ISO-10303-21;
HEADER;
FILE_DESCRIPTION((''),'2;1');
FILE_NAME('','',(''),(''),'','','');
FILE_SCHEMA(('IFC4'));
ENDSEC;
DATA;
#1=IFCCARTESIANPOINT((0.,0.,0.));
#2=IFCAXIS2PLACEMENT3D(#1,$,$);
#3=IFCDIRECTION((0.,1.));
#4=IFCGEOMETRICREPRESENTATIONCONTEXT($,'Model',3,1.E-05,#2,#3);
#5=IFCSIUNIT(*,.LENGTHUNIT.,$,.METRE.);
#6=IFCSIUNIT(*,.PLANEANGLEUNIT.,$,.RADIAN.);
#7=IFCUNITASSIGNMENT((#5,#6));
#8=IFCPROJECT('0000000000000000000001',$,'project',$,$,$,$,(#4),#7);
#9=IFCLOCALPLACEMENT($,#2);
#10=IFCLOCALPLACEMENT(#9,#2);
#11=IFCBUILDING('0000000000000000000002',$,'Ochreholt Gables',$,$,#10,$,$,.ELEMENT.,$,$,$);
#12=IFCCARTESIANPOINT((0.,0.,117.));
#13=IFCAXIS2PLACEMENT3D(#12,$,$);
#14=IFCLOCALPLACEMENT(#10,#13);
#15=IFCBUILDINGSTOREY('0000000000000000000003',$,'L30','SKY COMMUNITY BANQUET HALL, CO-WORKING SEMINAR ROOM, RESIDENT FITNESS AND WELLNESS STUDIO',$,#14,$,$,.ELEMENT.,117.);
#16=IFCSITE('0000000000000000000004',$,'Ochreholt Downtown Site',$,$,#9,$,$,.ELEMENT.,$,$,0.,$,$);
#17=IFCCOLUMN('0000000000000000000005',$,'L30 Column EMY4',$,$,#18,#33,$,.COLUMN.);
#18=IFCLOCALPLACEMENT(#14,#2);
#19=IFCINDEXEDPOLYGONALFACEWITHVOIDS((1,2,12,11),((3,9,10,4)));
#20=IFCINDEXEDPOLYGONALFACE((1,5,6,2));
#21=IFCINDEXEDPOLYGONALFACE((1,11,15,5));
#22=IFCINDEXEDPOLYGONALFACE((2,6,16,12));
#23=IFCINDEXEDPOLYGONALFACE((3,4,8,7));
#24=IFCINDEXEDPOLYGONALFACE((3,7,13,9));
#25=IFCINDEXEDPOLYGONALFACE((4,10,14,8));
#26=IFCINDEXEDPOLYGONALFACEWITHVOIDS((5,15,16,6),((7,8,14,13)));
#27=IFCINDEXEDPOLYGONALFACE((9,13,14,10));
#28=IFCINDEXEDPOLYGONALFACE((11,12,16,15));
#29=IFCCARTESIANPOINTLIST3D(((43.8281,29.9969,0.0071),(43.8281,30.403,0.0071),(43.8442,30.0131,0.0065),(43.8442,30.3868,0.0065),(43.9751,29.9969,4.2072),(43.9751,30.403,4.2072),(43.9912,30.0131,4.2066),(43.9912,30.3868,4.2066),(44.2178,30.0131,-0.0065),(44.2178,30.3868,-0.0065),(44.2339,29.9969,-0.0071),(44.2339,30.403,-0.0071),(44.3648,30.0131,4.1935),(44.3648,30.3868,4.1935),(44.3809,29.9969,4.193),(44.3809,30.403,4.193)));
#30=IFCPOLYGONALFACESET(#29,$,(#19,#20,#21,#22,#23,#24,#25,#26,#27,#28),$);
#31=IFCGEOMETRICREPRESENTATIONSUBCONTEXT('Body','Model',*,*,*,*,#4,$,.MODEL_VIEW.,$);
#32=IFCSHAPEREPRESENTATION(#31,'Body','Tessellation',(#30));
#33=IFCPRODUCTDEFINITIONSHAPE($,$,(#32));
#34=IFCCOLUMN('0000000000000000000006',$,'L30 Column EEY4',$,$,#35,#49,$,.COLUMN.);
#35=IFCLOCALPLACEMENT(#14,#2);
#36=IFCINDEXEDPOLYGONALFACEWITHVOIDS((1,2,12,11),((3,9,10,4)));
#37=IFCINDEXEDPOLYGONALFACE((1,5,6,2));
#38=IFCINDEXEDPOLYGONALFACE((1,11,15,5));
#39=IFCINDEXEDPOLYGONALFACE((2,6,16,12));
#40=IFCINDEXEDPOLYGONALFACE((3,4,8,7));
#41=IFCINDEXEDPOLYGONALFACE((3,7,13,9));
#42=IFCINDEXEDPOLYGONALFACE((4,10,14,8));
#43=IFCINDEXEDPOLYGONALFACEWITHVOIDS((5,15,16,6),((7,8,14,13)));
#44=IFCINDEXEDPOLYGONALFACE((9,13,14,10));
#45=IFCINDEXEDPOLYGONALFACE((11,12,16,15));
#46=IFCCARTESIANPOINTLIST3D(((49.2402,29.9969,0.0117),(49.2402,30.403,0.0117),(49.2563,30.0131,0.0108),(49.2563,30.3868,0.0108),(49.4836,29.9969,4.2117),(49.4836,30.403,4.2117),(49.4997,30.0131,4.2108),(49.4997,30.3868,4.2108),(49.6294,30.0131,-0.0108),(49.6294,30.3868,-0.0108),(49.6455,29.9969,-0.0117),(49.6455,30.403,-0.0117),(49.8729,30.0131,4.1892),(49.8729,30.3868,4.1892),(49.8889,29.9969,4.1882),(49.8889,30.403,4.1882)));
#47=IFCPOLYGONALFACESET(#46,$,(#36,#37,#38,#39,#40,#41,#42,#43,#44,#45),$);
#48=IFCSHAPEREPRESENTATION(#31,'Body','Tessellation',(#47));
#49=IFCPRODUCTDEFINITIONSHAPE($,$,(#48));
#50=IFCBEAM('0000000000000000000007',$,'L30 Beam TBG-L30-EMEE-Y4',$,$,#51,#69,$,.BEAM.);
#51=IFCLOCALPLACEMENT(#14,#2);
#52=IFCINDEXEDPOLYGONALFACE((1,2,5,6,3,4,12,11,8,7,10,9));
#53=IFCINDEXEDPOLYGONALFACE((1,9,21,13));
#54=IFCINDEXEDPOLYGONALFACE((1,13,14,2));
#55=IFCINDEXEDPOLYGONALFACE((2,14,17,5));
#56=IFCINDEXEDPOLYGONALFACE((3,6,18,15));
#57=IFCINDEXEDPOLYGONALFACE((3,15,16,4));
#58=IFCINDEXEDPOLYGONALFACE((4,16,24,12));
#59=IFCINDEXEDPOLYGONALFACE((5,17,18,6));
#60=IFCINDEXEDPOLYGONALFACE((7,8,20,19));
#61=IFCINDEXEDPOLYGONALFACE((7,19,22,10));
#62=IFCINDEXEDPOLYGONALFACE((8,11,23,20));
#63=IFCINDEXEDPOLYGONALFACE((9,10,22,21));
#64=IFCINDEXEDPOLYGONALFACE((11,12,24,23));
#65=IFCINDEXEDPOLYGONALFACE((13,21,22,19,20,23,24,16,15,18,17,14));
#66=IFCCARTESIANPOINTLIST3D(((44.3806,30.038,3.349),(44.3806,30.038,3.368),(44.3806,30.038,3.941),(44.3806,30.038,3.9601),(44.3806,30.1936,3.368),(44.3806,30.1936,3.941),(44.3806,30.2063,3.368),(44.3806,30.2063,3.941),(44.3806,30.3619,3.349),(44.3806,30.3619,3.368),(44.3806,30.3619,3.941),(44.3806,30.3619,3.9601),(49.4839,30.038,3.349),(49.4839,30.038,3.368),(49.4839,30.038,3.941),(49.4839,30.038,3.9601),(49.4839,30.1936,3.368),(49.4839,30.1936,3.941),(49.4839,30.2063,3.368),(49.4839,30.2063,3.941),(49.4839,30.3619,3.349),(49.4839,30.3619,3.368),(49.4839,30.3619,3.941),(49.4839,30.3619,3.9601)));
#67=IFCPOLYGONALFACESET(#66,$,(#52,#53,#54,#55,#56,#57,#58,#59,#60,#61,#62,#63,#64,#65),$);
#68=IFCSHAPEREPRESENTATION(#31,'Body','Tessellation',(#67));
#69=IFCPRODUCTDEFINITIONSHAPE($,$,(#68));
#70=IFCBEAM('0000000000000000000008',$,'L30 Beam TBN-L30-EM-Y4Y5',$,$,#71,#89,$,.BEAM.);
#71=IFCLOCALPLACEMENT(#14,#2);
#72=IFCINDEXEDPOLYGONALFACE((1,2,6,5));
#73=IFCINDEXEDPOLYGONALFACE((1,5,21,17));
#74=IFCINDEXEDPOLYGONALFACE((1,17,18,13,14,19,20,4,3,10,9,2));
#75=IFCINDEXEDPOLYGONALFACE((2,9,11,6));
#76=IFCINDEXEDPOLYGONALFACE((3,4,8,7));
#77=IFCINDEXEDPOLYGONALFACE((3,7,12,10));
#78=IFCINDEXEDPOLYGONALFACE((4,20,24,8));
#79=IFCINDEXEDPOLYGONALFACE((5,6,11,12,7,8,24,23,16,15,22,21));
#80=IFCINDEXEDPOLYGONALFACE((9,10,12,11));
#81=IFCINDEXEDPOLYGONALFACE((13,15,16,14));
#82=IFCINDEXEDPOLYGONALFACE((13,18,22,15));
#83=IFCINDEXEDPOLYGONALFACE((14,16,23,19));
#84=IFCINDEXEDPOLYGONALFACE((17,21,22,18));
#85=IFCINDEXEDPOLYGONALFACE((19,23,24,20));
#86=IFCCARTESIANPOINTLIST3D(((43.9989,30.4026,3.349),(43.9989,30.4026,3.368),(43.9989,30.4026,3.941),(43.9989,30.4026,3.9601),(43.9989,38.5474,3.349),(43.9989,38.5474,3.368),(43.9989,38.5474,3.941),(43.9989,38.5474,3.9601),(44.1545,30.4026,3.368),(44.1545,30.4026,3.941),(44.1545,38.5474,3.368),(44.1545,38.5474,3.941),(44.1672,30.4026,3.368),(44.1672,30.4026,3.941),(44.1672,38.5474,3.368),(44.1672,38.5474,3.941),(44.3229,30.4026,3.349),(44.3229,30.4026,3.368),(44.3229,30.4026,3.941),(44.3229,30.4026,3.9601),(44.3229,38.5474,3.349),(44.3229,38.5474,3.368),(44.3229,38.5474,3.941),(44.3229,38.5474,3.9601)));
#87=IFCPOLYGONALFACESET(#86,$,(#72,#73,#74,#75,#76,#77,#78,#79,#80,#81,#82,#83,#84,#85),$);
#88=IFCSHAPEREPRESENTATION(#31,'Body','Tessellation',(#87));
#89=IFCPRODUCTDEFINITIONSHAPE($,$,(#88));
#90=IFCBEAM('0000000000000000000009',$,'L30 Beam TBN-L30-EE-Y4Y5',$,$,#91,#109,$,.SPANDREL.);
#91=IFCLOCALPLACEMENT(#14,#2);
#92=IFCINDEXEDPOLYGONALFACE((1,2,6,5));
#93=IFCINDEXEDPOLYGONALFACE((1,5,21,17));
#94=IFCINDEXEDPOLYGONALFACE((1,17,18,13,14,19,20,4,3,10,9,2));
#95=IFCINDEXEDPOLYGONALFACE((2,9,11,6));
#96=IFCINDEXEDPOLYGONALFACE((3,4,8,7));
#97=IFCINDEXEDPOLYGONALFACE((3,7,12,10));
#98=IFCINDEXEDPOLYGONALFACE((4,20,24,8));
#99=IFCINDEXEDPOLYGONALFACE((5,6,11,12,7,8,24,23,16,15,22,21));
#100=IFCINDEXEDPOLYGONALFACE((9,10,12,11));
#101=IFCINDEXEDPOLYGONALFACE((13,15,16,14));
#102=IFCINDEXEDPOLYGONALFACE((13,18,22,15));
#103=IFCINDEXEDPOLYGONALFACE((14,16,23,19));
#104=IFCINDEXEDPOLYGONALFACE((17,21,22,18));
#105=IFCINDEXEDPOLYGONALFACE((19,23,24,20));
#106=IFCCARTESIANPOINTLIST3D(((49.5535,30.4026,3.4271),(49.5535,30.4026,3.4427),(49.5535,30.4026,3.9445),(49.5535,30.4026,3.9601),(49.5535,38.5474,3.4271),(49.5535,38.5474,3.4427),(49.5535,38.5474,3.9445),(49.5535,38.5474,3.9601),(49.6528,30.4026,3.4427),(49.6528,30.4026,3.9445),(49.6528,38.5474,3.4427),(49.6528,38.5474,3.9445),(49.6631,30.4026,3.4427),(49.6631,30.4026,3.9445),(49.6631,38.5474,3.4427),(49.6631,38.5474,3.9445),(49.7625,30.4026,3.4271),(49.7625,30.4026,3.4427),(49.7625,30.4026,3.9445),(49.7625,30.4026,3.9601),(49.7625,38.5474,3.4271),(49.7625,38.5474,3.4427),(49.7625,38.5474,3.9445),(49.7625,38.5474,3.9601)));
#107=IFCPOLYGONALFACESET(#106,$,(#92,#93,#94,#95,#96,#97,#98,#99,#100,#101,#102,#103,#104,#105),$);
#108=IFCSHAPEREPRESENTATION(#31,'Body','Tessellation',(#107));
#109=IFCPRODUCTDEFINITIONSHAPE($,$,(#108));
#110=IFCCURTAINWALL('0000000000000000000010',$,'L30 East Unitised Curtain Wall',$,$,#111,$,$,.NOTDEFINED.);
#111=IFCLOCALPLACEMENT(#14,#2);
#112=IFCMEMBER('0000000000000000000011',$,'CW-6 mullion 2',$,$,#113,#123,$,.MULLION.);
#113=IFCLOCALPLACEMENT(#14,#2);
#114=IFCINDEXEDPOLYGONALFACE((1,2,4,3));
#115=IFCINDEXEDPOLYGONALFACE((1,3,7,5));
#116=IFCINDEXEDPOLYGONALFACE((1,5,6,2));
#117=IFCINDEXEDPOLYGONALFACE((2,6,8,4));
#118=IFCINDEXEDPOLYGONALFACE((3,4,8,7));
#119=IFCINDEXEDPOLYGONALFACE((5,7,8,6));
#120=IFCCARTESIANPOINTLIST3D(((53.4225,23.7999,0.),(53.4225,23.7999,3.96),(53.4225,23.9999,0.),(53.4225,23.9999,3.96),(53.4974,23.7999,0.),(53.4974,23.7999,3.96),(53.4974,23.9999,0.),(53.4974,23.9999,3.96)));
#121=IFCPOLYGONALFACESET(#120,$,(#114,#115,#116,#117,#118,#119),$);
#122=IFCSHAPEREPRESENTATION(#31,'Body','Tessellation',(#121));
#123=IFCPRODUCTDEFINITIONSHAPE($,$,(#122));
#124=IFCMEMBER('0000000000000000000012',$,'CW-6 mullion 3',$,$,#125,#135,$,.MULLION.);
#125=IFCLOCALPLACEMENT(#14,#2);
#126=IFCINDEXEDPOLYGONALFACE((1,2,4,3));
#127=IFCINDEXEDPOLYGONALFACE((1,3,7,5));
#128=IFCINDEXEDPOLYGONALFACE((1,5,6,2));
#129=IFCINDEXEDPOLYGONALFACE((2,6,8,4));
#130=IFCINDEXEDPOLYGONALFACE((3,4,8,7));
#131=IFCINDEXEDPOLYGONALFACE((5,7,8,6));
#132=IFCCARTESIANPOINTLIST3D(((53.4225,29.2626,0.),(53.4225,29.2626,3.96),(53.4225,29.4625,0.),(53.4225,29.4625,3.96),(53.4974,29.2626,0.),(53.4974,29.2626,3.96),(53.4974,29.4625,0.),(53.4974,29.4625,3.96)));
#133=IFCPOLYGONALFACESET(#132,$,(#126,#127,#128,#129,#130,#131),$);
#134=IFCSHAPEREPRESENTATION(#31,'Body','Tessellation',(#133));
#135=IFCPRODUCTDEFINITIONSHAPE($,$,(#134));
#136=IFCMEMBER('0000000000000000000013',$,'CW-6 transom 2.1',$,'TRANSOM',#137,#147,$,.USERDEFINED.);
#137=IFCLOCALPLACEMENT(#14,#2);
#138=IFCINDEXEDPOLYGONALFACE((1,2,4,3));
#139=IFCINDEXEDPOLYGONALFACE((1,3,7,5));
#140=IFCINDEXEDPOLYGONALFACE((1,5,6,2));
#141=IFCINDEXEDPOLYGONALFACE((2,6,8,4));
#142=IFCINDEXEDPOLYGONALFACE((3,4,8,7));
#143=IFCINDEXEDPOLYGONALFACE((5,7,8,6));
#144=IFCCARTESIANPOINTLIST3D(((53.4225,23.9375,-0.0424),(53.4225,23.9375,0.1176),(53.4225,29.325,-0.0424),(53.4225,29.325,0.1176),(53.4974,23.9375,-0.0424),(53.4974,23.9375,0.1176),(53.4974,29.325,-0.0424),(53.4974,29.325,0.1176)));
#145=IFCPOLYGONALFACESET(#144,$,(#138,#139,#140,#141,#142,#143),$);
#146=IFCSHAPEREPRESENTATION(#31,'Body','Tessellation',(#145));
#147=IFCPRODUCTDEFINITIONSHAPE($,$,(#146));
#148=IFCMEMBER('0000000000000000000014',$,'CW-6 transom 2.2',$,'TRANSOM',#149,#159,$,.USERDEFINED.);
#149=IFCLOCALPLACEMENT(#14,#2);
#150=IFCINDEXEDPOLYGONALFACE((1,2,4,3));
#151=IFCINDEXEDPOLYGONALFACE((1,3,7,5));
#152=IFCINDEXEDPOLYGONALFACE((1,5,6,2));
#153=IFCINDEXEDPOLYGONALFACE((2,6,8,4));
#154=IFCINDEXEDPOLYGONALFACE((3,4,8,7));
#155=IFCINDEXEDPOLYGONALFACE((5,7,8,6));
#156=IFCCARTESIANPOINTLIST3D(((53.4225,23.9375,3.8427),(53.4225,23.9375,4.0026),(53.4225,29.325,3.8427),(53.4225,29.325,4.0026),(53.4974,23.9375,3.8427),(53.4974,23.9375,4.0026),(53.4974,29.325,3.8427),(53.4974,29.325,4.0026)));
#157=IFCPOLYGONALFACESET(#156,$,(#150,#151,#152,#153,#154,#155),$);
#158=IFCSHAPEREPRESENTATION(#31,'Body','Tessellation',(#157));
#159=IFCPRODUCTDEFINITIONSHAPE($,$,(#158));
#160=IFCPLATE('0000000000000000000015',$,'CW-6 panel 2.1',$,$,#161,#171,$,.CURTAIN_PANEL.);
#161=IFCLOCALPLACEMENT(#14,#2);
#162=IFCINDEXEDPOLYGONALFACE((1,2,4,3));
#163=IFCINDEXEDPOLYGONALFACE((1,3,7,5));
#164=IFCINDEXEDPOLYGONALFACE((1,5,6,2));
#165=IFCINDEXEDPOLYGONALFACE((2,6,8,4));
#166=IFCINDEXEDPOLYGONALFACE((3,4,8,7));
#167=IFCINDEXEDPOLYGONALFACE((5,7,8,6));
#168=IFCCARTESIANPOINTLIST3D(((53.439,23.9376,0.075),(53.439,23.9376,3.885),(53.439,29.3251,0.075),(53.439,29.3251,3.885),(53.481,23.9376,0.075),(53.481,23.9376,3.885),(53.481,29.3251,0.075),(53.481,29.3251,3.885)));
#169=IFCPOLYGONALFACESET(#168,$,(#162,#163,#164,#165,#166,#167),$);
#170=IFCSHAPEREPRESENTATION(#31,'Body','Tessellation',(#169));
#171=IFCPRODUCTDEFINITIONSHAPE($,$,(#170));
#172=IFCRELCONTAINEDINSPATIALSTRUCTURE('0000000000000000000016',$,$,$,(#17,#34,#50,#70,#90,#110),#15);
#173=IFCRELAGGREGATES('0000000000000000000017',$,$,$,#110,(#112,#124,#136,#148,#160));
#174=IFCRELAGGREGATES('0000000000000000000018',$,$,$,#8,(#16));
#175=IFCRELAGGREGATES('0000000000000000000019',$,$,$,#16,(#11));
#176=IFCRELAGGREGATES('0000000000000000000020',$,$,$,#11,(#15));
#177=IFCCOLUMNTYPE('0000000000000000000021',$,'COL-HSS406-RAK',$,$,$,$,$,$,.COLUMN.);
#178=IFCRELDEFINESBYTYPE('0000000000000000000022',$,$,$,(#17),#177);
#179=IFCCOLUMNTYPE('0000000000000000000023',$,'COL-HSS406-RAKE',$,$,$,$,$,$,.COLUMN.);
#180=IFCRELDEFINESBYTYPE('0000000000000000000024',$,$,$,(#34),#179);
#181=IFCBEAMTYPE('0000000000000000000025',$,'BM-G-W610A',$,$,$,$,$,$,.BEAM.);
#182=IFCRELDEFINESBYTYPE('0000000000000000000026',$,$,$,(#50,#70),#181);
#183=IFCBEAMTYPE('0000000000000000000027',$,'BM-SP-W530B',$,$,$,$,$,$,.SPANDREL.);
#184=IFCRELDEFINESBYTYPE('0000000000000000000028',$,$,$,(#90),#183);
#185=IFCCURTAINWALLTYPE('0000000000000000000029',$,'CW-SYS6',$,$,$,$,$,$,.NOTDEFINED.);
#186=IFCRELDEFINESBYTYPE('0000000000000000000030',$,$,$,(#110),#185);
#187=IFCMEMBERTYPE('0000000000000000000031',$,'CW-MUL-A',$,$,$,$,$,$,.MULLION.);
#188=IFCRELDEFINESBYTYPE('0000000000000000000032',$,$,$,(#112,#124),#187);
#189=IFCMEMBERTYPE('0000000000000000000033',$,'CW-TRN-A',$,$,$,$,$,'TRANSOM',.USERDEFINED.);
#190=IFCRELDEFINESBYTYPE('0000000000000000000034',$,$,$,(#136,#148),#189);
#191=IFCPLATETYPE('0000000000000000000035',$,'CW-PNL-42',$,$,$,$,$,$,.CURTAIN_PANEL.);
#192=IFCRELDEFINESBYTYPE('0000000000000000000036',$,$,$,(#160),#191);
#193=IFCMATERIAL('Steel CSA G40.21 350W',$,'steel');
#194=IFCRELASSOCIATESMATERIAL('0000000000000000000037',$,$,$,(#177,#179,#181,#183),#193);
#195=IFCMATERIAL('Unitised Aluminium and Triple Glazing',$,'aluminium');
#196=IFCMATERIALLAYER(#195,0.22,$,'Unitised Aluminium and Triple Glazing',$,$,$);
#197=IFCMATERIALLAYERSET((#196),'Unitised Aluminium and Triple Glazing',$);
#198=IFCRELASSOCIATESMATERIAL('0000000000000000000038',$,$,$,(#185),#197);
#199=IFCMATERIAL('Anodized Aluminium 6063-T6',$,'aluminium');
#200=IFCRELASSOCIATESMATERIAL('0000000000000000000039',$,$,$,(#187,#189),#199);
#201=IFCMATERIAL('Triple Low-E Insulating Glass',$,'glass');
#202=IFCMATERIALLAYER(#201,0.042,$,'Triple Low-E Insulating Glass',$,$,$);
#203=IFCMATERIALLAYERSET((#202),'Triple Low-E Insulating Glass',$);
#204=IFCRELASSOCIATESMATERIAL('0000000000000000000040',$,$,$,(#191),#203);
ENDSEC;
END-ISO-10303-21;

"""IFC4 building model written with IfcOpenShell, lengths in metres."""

from ifc_helpers import new_model, si_unit, direction, frame, origin, origin_2d, place, context, subcontext, project, spatial, rectangle, hollow_rectangle, i_section, extrude, material, layer, layer_set, material_profile, profile_set, type_object, element, aggregate, save


model = new_model("IFC4")

# Units and contexts
model_context = context("Model", 3, precision=1e-05, world=origin(), true_north=direction((0.0, 1.0)))
body_context = subcontext(model_context, "Body", "Model", "MODEL_VIEW")
ifc_project = project(units=[si_unit("LENGTHUNIT", "METRE"), si_unit("PLANEANGLEUNIT", "RADIAN")], contexts=[model_context])

# Site, building, storey
site_placement = place(None, origin())
site = spatial("IfcSite", under=ifc_project, at=site_placement, Name="Ochreholt Downtown Site", CompositionType="ELEMENT", RefElevation=0.0)
building_placement = place(site_placement, origin())
building = spatial("IfcBuilding", under=site, at=building_placement, Name="Ochreholt Gables", CompositionType="ELEMENT")
storey_placement = place(building_placement, frame((0.0, 0.0, 117.0)))
storey = spatial("IfcBuildingStorey", under=building, at=storey_placement, Name="L30", Description="SKY COMMUNITY BANQUET HALL, CO-WORKING SEMINAR ROOM, RESIDENT FITNESS AND WELLNESS STUDIO", CompositionType="ELEMENT", Elevation=117.0)

# Columns
ifc_material_1 = material(Name="Steel CSA G40.21 350W", Category="steel")
ifc_material_profile_1 = material_profile(ifc_material_1, hollow_rectangle(XDim=0.406, YDim=0.406, WallThickness=0.0161, at=origin_2d()), Name="HSS406X406X16")
ifc_profile_set_1 = profile_set([ifc_material_profile_1], Name="Steel CSA G40.21 350W")
column_type_1 = type_object("IfcColumnType", Name="COL-HSS406-RAK", PredefinedType="COLUMN", material=ifc_profile_set_1)
column_1_placement = place(storey_placement, frame((44.031, 30.2, 0.0), z_axis=(0.034972, 0.0, 0.999388), x_axis=(0.0, 1.0, 0.0)))
element("IfcColumn", 1, at=column_1_placement, inside=storey, type_object=column_type_1, Name="L30 Column EMY4", PredefinedType="COLUMN", context=body_context, shape_type="SweptSolid", body=[
    extrude(hollow_rectangle(XDim=0.406, YDim=0.406, WallThickness=0.0161, at=origin_2d()), origin(), (0.0, 0.0, 1.0), 4.2026),
])
ifc_material_profile_2 = material_profile(ifc_material_1, hollow_rectangle(XDim=0.406, YDim=0.406, WallThickness=0.0161, at=origin_2d()), Name="HSS406X406X16")
ifc_profile_set_2 = profile_set([ifc_material_profile_2], Name="Steel CSA G40.21 350W")
column_type_2 = type_object("IfcColumnType", Name="COL-HSS406-RAKE", PredefinedType="COLUMN", material=ifc_profile_set_2)
column_2_placement = place(storey_placement, frame((49.4429, 30.2, 0.0), z_axis=(0.057858, 0.0, 0.998325), x_axis=(0.0, 1.0, 0.0)))
element("IfcColumn", 2, at=column_2_placement, inside=storey, type_object=column_type_2, Name="L30 Column EEY4", PredefinedType="COLUMN", context=body_context, shape_type="SweptSolid", body=[
    extrude(hollow_rectangle(XDim=0.406, YDim=0.406, WallThickness=0.0161, at=origin_2d()), origin(), (0.0, 0.0, 1.0), 4.207),
])

# Beams
ifc_material_profile_3 = material_profile(ifc_material_1, i_section(OverallWidth=0.324, OverallDepth=0.6111, WebThickness=0.0127, FlangeThickness=0.019, at=origin_2d()), Name="W610X155")
ifc_profile_set_3 = profile_set([ifc_material_profile_3], Name="Steel CSA G40.21 350W")
beam_type_1 = type_object("IfcBeamType", Name="BM-G-W610A", PredefinedType="BEAM", material=ifc_profile_set_3)
beam_1_placement = place(storey_placement, frame((44.3806, 30.2, 3.6545), z_axis=(1.0, 0.0, 0.0), x_axis=(0.0, 1.0, 0.0)))
element("IfcBeam", 3, at=beam_1_placement, inside=storey, type_object=beam_type_1, Name="L30 Beam TBG-L30-EMEE-Y4", PredefinedType="BEAM", context=body_context, shape_type="SweptSolid", body=[
    extrude(i_section(OverallWidth=0.324, OverallDepth=0.6111, WebThickness=0.0127, FlangeThickness=0.019, at=origin_2d()), origin(), (0.0, 0.0, 1.0), 5.1033),
])
beam_2_placement = place(storey_placement, frame((44.1609, 30.4026, 3.6545), z_axis=(0.0, 1.0, 0.0), x_axis=(-1.0, 0.0, 0.0)))
element("IfcBeam", 4, at=beam_2_placement, inside=storey, type_object=beam_type_1, Name="L30 Beam TBN-L30-EM-Y4Y5", PredefinedType="BEAM", context=body_context, shape_type="SweptSolid", body=[
    extrude(i_section(OverallWidth=0.324, OverallDepth=0.6111, WebThickness=0.0127, FlangeThickness=0.019, at=origin_2d()), origin(), (0.0, 0.0, 1.0), 8.1448),
])
ifc_material_profile_4 = material_profile(ifc_material_1, i_section(OverallWidth=0.209, OverallDepth=0.533, WebThickness=0.0103, FlangeThickness=0.0156, at=origin_2d()), Name="W530X92")
ifc_profile_set_4 = profile_set([ifc_material_profile_4], Name="Steel CSA G40.21 350W")
beam_type_2 = type_object("IfcBeamType", Name="BM-SP-W530B", PredefinedType="SPANDREL", material=ifc_profile_set_4)
beam_3_placement = place(storey_placement, frame((49.658, 30.4026, 3.6936), z_axis=(0.0, 1.0, 0.0), x_axis=(-1.0, 0.0, 0.0)))
element("IfcBeam", 5, at=beam_3_placement, inside=storey, type_object=beam_type_2, Name="L30 Beam TBN-L30-EE-Y4Y5", PredefinedType="SPANDREL", context=body_context, shape_type="SweptSolid", body=[
    extrude(i_section(OverallWidth=0.209, OverallDepth=0.533, WebThickness=0.0103, FlangeThickness=0.0156, at=origin_2d()), origin(), (0.0, 0.0, 1.0), 8.1448),
])

# Curtain wall, members, plate
ifc_material_2 = material(Name="Unitised Aluminium and Triple Glazing", Category="aluminium")
ifc_layer_1 = layer(ifc_material_2, 0.22, Name="Unitised Aluminium and Triple Glazing")
ifc_layer_set_1 = layer_set([ifc_layer_1], Name="Unitised Aluminium and Triple Glazing")
curtain_wall_type = type_object("IfcCurtainWallType", Name="CW-SYS6", PredefinedType="NOTDEFINED", material=ifc_layer_set_1)
curtain_wall_placement = place(storey_placement, origin())
curtain_wall = element("IfcCurtainWall", 6, at=curtain_wall_placement, inside=storey, type_object=curtain_wall_type, Name="L30 East Unitised Curtain Wall", PredefinedType="NOTDEFINED")
ifc_material_3 = material(Name="Anodized Aluminium 6063-T6", Category="aluminium")
ifc_material_profile_5 = material_profile(ifc_material_3, rectangle(XDim=0.075, YDim=0.2, at=origin_2d()), Name="CWM75X200")
ifc_profile_set_5 = profile_set([ifc_material_profile_5], Name="Anodized Aluminium 6063-T6")
member_type_1 = type_object("IfcMemberType", Name="CW-MUL-A", PredefinedType="MULLION", material=ifc_profile_set_5)
member_1_placement = place(storey_placement, frame((53.46, 23.8999, 0.0), z_axis=(0.0, 0.0, 1.0), x_axis=(-1.0, 0.0, 0.0)))
member_1 = element("IfcMember", 7, at=member_1_placement, type_object=member_type_1, Name="CW-6 mullion 2", PredefinedType="MULLION", context=body_context, shape_type="SweptSolid", body=[
    extrude(rectangle(XDim=0.075, YDim=0.2, at=origin_2d()), origin(), (0.0, 0.0, 1.0), 3.96),
])
member_2_placement = place(storey_placement, frame((53.46, 29.3625, 0.0), z_axis=(0.0, 0.0, 1.0), x_axis=(-1.0, 0.0, 0.0)))
member_2 = element("IfcMember", 8, at=member_2_placement, type_object=member_type_1, Name="CW-6 mullion 3", PredefinedType="MULLION", context=body_context, shape_type="SweptSolid", body=[
    extrude(rectangle(XDim=0.075, YDim=0.2, at=origin_2d()), origin(), (0.0, 0.0, 1.0), 3.96),
])
ifc_material_profile_6 = material_profile(ifc_material_3, rectangle(XDim=0.075, YDim=0.1599, at=origin_2d()), Name="CWT75X160")
ifc_profile_set_6 = profile_set([ifc_material_profile_6], Name="Anodized Aluminium 6063-T6")
member_type_2 = type_object("IfcMemberType", Name="CW-TRN-A", ElementType="TRANSOM", PredefinedType="USERDEFINED", material=ifc_profile_set_6)
member_3_placement = place(storey_placement, frame((53.46, 23.9375, 0.0376), z_axis=(0.0, 1.0, 0.0), x_axis=(-1.0, 0.0, 0.0)))
member_3 = element("IfcMember", 9, at=member_3_placement, type_object=member_type_2, Name="CW-6 transom 2.1", ObjectType="TRANSOM", PredefinedType="USERDEFINED", context=body_context, shape_type="SweptSolid", body=[
    extrude(rectangle(XDim=0.075, YDim=0.1599, at=origin_2d()), origin(), (0.0, 0.0, 1.0), 5.3875),
])
member_4_placement = place(storey_placement, frame((53.46, 23.9375, 3.9226), z_axis=(0.0, 1.0, 0.0), x_axis=(-1.0, 0.0, 0.0)))
member_4 = element("IfcMember", 10, at=member_4_placement, type_object=member_type_2, Name="CW-6 transom 2.2", ObjectType="TRANSOM", PredefinedType="USERDEFINED", context=body_context, shape_type="SweptSolid", body=[
    extrude(rectangle(XDim=0.075, YDim=0.1599, at=origin_2d()), origin(), (0.0, 0.0, 1.0), 5.3875),
])
ifc_material_4 = material(Name="Triple Low-E Insulating Glass", Category="glass")
ifc_layer_2 = layer(ifc_material_4, 0.042, Name="Triple Low-E Insulating Glass")
ifc_layer_set_2 = layer_set([ifc_layer_2], Name="Triple Low-E Insulating Glass")
plate_type = type_object("IfcPlateType", Name="CW-PNL-42", PredefinedType="CURTAIN_PANEL", material=ifc_layer_set_2)
plate_placement = place(storey_placement, frame((53.46, 26.6313, 0.075), z_axis=(0.0, 0.0, 1.0), x_axis=(0.0, 1.0, 0.0)))
plate = element("IfcPlate", 11, at=plate_placement, type_object=plate_type, Name="CW-6 panel 2.1", PredefinedType="CURTAIN_PANEL", context=body_context, shape_type="SweptSolid", body=[
    extrude(rectangle(XDim=5.3875, YDim=0.042, at=origin_2d()), origin(), (0.0, 0.0, 1.0), 3.8101),
])
aggregate(curtain_wall, [member_1, member_2, member_3, member_4, plate])

save(model, "model.ifc")
